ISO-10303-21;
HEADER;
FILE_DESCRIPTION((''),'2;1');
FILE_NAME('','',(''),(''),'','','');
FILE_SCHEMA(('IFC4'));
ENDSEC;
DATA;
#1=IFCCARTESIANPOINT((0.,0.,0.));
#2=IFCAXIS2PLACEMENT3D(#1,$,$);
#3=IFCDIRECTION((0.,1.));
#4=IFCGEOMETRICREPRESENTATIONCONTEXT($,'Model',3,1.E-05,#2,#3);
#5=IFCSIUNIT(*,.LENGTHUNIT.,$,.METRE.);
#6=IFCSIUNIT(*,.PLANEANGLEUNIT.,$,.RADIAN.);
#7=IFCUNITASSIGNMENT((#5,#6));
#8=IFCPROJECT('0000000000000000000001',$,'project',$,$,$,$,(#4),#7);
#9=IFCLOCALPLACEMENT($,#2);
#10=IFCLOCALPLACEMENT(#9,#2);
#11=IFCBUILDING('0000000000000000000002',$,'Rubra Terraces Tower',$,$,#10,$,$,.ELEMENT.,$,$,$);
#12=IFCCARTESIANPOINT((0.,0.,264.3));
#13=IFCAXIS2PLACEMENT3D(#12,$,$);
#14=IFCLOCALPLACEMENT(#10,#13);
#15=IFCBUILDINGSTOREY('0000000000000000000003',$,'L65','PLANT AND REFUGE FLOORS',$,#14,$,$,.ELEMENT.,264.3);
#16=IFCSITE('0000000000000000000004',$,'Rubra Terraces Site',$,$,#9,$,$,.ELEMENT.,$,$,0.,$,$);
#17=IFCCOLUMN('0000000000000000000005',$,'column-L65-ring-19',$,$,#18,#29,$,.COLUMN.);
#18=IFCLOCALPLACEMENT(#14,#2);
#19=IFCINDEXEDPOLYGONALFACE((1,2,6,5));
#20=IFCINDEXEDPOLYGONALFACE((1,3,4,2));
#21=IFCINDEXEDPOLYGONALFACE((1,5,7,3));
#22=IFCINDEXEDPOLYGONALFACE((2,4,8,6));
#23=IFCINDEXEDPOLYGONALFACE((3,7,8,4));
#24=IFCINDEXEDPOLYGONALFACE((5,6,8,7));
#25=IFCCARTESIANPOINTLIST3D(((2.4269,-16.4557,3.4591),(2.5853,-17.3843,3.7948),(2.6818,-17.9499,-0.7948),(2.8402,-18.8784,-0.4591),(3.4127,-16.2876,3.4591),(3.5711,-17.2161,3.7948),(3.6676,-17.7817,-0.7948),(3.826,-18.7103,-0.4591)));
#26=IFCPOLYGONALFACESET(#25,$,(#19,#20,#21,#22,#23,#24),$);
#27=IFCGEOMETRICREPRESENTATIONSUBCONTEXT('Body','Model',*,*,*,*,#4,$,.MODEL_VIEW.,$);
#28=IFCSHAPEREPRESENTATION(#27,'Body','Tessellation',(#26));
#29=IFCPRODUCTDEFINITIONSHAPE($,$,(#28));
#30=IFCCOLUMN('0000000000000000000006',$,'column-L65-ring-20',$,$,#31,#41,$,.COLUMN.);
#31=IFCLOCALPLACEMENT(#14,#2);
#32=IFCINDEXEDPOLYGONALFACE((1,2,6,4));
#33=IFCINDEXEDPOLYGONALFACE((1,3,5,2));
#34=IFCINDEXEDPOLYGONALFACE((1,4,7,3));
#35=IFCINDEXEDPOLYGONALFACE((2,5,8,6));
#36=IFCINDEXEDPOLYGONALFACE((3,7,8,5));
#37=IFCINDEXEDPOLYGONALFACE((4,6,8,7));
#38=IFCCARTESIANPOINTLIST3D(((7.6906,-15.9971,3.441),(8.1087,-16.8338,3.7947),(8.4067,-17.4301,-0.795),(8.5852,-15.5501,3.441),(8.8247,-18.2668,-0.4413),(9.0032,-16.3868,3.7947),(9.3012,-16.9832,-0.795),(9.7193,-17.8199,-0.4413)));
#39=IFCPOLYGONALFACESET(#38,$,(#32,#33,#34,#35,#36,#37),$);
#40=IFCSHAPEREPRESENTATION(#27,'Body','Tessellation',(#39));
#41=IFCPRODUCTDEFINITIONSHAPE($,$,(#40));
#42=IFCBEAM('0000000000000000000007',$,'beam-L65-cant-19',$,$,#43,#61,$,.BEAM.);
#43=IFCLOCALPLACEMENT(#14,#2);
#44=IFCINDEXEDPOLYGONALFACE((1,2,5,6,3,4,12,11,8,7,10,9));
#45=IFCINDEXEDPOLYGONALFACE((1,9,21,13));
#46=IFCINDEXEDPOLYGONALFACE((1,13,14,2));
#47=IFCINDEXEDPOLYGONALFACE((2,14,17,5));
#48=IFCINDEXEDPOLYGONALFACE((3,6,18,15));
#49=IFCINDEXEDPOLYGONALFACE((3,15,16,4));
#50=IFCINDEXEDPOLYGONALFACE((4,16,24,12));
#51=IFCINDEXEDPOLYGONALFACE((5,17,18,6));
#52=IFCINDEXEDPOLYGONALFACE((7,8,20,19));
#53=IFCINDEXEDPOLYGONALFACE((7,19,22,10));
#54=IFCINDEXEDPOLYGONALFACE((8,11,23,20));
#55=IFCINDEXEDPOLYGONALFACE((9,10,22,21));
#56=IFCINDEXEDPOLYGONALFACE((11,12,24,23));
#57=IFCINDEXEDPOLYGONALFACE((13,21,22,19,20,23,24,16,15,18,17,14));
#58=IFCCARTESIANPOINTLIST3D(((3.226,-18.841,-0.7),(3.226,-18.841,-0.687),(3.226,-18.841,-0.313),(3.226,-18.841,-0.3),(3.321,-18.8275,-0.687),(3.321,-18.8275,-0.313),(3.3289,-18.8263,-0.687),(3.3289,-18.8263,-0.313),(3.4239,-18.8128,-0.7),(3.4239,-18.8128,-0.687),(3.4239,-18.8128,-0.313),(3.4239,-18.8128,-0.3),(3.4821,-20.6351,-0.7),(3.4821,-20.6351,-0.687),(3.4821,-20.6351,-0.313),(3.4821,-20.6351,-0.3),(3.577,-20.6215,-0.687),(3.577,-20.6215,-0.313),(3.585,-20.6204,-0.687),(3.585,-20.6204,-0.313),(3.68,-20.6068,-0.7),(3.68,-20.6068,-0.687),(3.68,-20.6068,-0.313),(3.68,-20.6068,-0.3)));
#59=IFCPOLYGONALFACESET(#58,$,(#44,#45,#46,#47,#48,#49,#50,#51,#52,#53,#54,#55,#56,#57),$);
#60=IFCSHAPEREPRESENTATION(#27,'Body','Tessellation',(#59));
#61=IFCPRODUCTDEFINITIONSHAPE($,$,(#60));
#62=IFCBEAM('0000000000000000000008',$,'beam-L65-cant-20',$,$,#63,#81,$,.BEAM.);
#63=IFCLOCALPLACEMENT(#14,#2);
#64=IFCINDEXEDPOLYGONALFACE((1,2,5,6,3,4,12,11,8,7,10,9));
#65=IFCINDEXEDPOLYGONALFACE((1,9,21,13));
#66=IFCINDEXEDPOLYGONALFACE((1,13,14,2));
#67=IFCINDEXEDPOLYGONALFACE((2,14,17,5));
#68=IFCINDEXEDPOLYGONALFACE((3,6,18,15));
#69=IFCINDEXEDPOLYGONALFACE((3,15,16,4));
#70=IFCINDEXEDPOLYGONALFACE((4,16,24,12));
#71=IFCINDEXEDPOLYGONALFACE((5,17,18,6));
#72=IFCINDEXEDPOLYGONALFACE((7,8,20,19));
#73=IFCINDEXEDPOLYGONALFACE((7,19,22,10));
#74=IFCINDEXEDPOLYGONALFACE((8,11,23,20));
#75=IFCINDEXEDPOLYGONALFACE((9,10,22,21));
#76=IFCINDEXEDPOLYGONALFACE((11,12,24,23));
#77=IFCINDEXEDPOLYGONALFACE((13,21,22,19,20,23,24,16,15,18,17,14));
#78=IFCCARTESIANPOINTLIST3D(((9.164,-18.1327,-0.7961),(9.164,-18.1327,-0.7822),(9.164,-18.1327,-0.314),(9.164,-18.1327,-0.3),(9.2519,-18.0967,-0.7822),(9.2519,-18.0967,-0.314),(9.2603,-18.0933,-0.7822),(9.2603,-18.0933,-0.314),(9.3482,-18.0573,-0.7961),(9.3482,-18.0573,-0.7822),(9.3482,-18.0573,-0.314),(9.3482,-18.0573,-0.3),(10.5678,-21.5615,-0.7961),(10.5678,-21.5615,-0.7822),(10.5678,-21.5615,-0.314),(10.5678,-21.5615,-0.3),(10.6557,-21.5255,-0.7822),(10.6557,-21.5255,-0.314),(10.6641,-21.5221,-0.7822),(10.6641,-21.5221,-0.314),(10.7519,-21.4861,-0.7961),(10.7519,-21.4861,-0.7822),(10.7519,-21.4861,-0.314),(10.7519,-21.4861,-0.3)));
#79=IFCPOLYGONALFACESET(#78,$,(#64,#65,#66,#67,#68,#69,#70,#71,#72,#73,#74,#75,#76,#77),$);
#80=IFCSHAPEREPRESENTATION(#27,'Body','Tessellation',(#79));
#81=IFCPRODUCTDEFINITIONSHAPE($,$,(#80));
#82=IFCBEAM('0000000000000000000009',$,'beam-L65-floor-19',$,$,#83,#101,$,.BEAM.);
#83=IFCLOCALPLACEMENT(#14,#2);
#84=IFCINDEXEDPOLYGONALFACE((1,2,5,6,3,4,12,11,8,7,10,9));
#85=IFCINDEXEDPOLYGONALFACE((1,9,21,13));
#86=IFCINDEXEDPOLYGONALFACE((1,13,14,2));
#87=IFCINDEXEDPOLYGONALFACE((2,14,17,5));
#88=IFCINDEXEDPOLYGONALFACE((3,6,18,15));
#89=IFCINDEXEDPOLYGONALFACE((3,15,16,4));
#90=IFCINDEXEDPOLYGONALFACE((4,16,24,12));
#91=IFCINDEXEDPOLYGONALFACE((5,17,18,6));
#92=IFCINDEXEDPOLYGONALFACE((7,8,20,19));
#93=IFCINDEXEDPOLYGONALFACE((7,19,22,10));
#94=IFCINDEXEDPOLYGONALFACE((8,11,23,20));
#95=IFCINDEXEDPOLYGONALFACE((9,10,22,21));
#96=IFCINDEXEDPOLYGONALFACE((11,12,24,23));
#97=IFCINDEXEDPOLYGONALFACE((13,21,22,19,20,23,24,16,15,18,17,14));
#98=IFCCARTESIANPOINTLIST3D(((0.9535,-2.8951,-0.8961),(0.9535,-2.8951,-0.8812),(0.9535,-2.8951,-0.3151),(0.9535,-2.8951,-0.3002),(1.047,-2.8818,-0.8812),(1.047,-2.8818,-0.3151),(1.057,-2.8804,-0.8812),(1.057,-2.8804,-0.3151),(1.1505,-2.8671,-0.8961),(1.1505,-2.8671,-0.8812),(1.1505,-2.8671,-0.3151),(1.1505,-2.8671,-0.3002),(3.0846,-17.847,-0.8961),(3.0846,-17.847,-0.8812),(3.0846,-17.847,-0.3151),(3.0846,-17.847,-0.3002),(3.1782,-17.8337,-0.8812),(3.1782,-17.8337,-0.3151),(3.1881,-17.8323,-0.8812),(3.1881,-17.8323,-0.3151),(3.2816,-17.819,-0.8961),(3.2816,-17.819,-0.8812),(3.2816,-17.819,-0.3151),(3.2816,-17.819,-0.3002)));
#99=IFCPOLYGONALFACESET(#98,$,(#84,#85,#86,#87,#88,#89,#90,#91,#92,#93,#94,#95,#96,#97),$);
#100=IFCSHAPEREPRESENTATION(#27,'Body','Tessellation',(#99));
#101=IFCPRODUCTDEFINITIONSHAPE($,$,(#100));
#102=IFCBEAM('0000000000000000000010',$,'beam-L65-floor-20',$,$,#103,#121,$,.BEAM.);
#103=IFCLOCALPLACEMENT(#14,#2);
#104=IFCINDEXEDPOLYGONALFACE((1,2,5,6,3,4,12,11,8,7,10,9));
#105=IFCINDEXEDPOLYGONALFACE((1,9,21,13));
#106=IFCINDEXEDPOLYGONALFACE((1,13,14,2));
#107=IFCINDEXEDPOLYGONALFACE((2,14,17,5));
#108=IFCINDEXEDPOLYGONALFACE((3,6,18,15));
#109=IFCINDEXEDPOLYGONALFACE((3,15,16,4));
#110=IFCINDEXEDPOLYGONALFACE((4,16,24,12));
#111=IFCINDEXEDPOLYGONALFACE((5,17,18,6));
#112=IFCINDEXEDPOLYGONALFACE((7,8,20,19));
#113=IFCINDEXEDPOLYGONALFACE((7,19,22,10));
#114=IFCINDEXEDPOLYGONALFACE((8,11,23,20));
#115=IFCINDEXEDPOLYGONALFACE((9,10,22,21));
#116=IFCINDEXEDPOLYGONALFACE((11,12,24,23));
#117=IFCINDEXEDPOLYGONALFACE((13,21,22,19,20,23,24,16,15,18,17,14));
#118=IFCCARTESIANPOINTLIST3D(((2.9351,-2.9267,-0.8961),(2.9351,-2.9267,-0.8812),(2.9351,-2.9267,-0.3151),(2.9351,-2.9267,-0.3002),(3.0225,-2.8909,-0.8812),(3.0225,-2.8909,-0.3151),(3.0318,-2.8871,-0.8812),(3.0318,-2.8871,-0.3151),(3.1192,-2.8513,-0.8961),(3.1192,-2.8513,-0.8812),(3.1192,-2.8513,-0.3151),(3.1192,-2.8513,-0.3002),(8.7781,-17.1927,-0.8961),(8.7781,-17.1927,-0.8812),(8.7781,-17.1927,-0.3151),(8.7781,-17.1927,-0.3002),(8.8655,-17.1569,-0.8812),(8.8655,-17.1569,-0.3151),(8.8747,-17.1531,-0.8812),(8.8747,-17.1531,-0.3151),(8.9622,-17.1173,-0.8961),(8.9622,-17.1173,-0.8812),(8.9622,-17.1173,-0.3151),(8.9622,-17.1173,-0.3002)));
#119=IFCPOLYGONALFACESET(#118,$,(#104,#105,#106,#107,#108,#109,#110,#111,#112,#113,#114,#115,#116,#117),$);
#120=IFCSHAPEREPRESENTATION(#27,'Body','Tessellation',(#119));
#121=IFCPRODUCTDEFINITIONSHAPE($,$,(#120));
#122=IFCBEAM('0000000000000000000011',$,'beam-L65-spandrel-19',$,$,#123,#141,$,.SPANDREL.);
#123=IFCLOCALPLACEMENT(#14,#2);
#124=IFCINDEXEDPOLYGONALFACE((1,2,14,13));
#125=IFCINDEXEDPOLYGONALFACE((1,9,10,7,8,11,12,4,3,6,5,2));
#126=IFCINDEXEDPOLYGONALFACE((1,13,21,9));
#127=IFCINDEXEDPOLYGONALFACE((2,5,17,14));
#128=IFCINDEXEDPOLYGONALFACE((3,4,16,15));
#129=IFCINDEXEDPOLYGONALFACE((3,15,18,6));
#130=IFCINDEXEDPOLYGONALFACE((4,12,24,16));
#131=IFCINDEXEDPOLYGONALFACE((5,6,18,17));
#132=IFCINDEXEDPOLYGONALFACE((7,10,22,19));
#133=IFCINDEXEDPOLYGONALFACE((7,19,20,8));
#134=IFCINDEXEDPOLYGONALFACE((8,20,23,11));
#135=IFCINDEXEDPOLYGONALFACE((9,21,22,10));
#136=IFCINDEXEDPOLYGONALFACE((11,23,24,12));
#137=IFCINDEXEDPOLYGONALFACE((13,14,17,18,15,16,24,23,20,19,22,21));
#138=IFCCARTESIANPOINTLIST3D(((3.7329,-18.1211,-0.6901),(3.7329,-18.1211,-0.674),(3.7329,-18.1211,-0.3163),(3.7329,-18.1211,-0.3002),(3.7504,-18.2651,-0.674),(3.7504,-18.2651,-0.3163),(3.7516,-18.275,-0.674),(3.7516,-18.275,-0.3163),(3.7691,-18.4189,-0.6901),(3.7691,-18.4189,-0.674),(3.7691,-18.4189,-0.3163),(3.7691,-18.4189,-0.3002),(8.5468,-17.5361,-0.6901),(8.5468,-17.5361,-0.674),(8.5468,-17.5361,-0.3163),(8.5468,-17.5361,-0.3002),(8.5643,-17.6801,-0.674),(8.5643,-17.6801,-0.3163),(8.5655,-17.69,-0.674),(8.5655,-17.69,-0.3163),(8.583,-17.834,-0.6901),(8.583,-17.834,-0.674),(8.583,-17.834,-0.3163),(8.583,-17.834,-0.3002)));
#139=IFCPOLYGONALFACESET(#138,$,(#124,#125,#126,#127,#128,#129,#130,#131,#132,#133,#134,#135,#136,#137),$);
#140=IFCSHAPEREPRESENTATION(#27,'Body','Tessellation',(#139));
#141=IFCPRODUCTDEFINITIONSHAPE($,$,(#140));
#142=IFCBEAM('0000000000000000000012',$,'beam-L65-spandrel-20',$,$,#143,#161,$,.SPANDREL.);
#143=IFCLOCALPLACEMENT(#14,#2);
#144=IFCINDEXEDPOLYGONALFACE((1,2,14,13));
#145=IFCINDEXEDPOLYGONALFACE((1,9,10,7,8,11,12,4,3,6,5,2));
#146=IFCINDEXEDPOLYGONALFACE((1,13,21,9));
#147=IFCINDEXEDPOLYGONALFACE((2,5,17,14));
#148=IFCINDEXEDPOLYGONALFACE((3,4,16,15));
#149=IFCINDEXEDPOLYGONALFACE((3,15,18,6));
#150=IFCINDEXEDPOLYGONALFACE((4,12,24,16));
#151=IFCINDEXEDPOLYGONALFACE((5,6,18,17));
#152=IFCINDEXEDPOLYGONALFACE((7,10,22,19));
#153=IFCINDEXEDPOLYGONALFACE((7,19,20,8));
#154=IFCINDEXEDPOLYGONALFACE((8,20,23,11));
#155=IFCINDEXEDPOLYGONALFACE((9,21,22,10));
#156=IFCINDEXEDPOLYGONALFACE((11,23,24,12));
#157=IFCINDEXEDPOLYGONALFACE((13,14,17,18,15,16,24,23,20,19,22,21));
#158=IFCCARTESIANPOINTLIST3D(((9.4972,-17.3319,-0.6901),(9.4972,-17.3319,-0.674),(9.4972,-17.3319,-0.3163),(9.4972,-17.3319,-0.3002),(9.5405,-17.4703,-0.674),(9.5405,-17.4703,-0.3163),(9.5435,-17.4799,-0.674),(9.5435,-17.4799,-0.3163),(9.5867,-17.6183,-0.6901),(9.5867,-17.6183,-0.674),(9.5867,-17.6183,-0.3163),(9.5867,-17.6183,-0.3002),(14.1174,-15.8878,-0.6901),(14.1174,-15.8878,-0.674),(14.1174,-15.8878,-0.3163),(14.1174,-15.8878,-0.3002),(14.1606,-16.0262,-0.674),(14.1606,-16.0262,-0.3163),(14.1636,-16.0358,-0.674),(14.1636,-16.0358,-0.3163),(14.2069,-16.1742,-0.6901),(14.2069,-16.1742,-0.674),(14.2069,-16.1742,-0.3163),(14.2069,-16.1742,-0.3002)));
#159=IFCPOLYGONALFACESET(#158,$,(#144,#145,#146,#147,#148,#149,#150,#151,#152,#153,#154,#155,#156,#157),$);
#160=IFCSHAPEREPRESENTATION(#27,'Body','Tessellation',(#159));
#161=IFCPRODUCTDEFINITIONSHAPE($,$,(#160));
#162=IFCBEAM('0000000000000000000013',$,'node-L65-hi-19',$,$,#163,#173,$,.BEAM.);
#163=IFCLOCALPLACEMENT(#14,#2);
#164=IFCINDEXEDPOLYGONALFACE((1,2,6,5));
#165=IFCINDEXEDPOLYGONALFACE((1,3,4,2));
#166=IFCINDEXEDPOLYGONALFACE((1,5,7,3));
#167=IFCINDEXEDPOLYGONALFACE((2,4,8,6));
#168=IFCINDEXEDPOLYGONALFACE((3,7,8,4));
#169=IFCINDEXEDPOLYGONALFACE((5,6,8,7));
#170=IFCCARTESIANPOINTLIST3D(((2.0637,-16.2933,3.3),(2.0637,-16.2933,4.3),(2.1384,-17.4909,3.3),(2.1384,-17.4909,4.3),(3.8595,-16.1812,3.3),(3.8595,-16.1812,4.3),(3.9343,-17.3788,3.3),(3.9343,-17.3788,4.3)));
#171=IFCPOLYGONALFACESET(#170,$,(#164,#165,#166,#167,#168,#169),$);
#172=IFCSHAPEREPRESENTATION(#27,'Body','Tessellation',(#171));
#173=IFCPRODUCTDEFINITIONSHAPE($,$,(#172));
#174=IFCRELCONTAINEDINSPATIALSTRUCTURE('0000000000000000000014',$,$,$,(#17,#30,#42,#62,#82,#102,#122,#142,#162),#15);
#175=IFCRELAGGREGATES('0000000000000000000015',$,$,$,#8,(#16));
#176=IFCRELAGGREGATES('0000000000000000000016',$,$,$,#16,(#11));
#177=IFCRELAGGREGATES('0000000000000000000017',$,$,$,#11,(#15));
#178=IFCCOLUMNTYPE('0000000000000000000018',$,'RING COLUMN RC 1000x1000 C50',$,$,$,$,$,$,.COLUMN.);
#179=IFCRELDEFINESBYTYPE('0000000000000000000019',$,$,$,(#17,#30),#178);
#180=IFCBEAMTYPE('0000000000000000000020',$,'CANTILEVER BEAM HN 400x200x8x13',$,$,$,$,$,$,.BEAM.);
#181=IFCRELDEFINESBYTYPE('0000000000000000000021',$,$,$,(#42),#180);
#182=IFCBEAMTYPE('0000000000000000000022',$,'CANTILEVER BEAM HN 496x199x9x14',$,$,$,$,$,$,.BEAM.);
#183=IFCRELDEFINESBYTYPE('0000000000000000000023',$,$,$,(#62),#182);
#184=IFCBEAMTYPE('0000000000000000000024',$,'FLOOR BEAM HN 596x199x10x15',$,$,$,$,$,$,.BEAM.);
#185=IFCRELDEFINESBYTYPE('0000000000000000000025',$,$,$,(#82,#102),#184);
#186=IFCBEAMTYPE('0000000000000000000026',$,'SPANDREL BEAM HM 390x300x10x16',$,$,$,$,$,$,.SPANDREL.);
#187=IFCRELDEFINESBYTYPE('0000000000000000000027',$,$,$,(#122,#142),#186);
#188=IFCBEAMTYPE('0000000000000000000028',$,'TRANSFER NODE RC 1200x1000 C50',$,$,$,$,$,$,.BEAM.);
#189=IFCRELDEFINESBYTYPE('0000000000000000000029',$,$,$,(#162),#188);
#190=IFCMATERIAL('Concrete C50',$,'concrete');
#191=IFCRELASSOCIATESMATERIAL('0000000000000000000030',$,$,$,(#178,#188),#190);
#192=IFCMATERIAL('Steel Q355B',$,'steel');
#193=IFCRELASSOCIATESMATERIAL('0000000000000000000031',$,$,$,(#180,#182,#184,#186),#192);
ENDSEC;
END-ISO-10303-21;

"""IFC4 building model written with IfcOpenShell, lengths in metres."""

from ifc_helpers import new_model, si_unit, direction, frame, origin, origin_2d, place, context, subcontext, project, spatial, rectangle, i_section, extrude, material, material_profile, profile_set, type_object, element, save


model = new_model("IFC4")

# Units and contexts
model_context = context("Model", 3, precision=1e-05, world=origin(), true_north=direction((0.0, 1.0)))
body_context = subcontext(model_context, "Body", "Model", "MODEL_VIEW")
ifc_project = project(units=[si_unit("LENGTHUNIT", "METRE"), si_unit("PLANEANGLEUNIT", "RADIAN")], contexts=[model_context])

# Site, building, storey
site_placement = place(None, origin())
site = spatial("IfcSite", under=ifc_project, at=site_placement, Name="Rubra Terraces Site", CompositionType="ELEMENT", RefElevation=0.0)
building_placement = place(site_placement, origin())
building = spatial("IfcBuilding", under=site, at=building_placement, Name="Rubra Terraces Tower", CompositionType="ELEMENT")
storey_placement = place(building_placement, frame((0.0, 0.0, 264.3)))
storey = spatial("IfcBuildingStorey", under=building, at=storey_placement, Name="L65", Description="PLANT AND REFUGE FLOORS", CompositionType="ELEMENT", Elevation=264.3)

# Columns
ifc_material_1 = material(Name="Concrete C50", Category="concrete")
ifc_material_profile_1 = material_profile(ifc_material_1, rectangle(XDim=1.0, YDim=1.0, at=origin_2d()), Name="RC 1000x1000")
ifc_profile_set_1 = profile_set([ifc_material_profile_1], Name="Concrete C50")
column_type = type_object("IfcColumnType", Name="RING COLUMN RC 1000x1000 C50", PredefinedType="COLUMN", material=ifc_profile_set_1)
column_1_placement = place(storey_placement, frame((3.2539, -18.3301, -0.627), z_axis=(-0.056441, 0.330864, 0.941989), x_axis=(-0.98576, -0.168159, 0.0)))
element("IfcColumn", 1, at=column_1_placement, inside=storey, type_object=column_type, Name="column-L65-ring-19", PredefinedType="COLUMN", context=body_context, shape_type="SweptSolid", body=[
    extrude(rectangle(XDim=1.0, YDim=1.0, at=origin_2d()), origin(), (0.0, 0.0, 1.0), 4.5159),
])
column_2_placement = place(storey_placement, frame((9.063, -17.625, -0.6182), z_axis=(-0.15811, 0.316436, 0.935345), x_axis=(-0.894549, -0.44697, 0.0)))
element("IfcColumn", 2, at=column_2_placement, inside=storey, type_object=column_type, Name="column-L65-ring-20", PredefinedType="COLUMN", context=body_context, shape_type="SweptSolid", body=[
    extrude(rectangle(XDim=1.0, YDim=1.0, at=origin_2d()), origin(), (0.0, 0.0, 1.0), 4.5288),
])

# Beams
ifc_material_2 = material(Name="Steel Q355B", Category="steel")
ifc_material_profile_2 = material_profile(ifc_material_2, i_section(OverallWidth=0.2, OverallDepth=0.3999, WebThickness=0.0081, FlangeThickness=0.0129, at=origin_2d()), Name="HN 400x200x8x13")
ifc_profile_set_2 = profile_set([ifc_material_profile_2], Name="Steel Q355B")
beam_type_1 = type_object("IfcBeamType", Name="CANTILEVER BEAM HN 400x200x8x13", PredefinedType="BEAM", material=ifc_profile_set_2)
beam_1_placement = place(storey_placement, frame((3.325, -18.8269, -0.5), z_axis=(0.141308, -0.989966, 0.0), x_axis=(0.989966, 0.141308, 0.0)))
element("IfcBeam", 3, at=beam_1_placement, inside=storey, type_object=beam_type_1, Name="beam-L65-cant-19", PredefinedType="BEAM", context=body_context, shape_type="SweptSolid", body=[
    extrude(i_section(OverallWidth=0.2, OverallDepth=0.3999, WebThickness=0.0081, FlangeThickness=0.0129, at=origin_2d()), origin(), (0.0, 0.0, 1.0), 1.8123),
])
ifc_material_profile_3 = material_profile(ifc_material_2, i_section(OverallWidth=0.199, OverallDepth=0.4961, WebThickness=0.009, FlangeThickness=0.0139, at=origin_2d()), Name="HN 496x199x9x14")
ifc_profile_set_3 = profile_set([ifc_material_profile_3], Name="Steel Q355B")
beam_type_2 = type_object("IfcBeamType", Name="CANTILEVER BEAM HN 496x199x9x14", PredefinedType="BEAM", material=ifc_profile_set_3)
beam_2_placement = place(storey_placement, frame((9.2561, -18.095, -0.5481), z_axis=(0.378877, -0.925447, 0.0), x_axis=(0.925447, 0.378877, 0.0)))
element("IfcBeam", 4, at=beam_2_placement, inside=storey, type_object=beam_type_2, Name="beam-L65-cant-20", PredefinedType="BEAM", context=body_context, shape_type="SweptSolid", body=[
    extrude(i_section(OverallWidth=0.199, OverallDepth=0.4961, WebThickness=0.009, FlangeThickness=0.0139, at=origin_2d()), origin(), (0.0, 0.0, 1.0), 3.7051),
])
ifc_material_profile_4 = material_profile(ifc_material_2, i_section(OverallWidth=0.199, OverallDepth=0.5959, WebThickness=0.01, FlangeThickness=0.0149, at=origin_2d()), Name="HN 596x199x10x15")
ifc_profile_set_4 = profile_set([ifc_material_profile_4], Name="Steel Q355B")
beam_type_3 = type_object("IfcBeamType", Name="FLOOR BEAM HN 596x199x10x15", PredefinedType="BEAM", material=ifc_profile_set_4)
beam_3_placement = place(storey_placement, frame((3.1831, -17.833, -0.5981), z_axis=(-0.141105, 0.989995, 0.0), x_axis=(-0.989995, -0.141105, 0.0)))
element("IfcBeam", 5, at=beam_3_placement, inside=storey, type_object=beam_type_3, Name="beam-L65-floor-19", PredefinedType="BEAM", context=body_context, shape_type="SweptSolid", body=[
    extrude(i_section(OverallWidth=0.199, OverallDepth=0.5959, WebThickness=0.01, FlangeThickness=0.0149, at=origin_2d()), origin(), (0.0, 0.0, 1.0), 15.103),
])
beam_4_placement = place(storey_placement, frame((8.8701, -17.155, -0.5981), z_axis=(-0.379015, 0.92539, 0.0), x_axis=(-0.92539, -0.379015, 0.0)))
element("IfcBeam", 6, at=beam_4_placement, inside=storey, type_object=beam_type_3, Name="beam-L65-floor-20", PredefinedType="BEAM", context=body_context, shape_type="SweptSolid", body=[
    extrude(i_section(OverallWidth=0.199, OverallDepth=0.5959, WebThickness=0.01, FlangeThickness=0.0149, at=origin_2d()), origin(), (0.0, 0.0, 1.0), 15.4163),
])
ifc_material_profile_5 = material_profile(ifc_material_2, i_section(OverallWidth=0.3, OverallDepth=0.3899, WebThickness=0.01, FlangeThickness=0.0161, at=origin_2d()), Name="HM 390x300x10x16")
ifc_profile_set_5 = profile_set([ifc_material_profile_5], Name="Steel Q355B")
beam_type_4 = type_object("IfcBeamType", Name="SPANDREL BEAM HM 390x300x10x16", PredefinedType="SPANDREL", material=ifc_profile_set_5)
beam_5_placement = place(storey_placement, frame((3.751, -18.27, -0.4951), z_axis=(0.992698, 0.120626, 0.0), x_axis=(-0.120626, 0.992698, 0.0)))
element("IfcBeam", 7, at=beam_5_placement, inside=storey, type_object=beam_type_4, Name="beam-L65-spandrel-19", PredefinedType="SPANDREL", context=body_context, shape_type="SweptSolid", body=[
    extrude(i_section(OverallWidth=0.3, OverallDepth=0.3899, WebThickness=0.01, FlangeThickness=0.0161, at=origin_2d()), origin(), (0.0, 0.0, 1.0), 4.8494),
])
beam_6_placement = place(storey_placement, frame((9.542, -17.4751, -0.4951), z_axis=(0.954462, 0.298332, 0.0), x_axis=(-0.298332, 0.954462, 0.0)))
element("IfcBeam", 8, at=beam_6_placement, inside=storey, type_object=beam_type_4, Name="beam-L65-spandrel-20", PredefinedType="SPANDREL", context=body_context, shape_type="SweptSolid", body=[
    extrude(i_section(OverallWidth=0.3, OverallDepth=0.3899, WebThickness=0.01, FlangeThickness=0.0161, at=origin_2d()), origin(), (0.0, 0.0, 1.0), 4.8406),
])
ifc_material_profile_6 = material_profile(ifc_material_1, rectangle(XDim=1.2, YDim=1.0, at=origin_2d()), Name="RC 1200x1000")
ifc_profile_set_6 = profile_set([ifc_material_profile_6], Name="Concrete C50")
beam_type_5 = type_object("IfcBeamType", Name="TRANSFER NODE RC 1200x1000 C50", PredefinedType="BEAM", material=ifc_profile_set_6)
beam_7_placement = place(storey_placement, frame((2.1011, -16.8921, 3.8), z_axis=(0.998059, 0.062277, 0.0), x_axis=(-0.062277, 0.998059, 0.0)))
element("IfcBeam", 9, at=beam_7_placement, inside=storey, type_object=beam_type_5, Name="node-L65-hi-19", PredefinedType="BEAM", context=body_context, shape_type="SweptSolid", body=[
    extrude(rectangle(XDim=1.2, YDim=1.0, at=origin_2d()), origin(), (0.0, 0.0, 1.0), 1.7993),
])

save(model, "model.ifc")
